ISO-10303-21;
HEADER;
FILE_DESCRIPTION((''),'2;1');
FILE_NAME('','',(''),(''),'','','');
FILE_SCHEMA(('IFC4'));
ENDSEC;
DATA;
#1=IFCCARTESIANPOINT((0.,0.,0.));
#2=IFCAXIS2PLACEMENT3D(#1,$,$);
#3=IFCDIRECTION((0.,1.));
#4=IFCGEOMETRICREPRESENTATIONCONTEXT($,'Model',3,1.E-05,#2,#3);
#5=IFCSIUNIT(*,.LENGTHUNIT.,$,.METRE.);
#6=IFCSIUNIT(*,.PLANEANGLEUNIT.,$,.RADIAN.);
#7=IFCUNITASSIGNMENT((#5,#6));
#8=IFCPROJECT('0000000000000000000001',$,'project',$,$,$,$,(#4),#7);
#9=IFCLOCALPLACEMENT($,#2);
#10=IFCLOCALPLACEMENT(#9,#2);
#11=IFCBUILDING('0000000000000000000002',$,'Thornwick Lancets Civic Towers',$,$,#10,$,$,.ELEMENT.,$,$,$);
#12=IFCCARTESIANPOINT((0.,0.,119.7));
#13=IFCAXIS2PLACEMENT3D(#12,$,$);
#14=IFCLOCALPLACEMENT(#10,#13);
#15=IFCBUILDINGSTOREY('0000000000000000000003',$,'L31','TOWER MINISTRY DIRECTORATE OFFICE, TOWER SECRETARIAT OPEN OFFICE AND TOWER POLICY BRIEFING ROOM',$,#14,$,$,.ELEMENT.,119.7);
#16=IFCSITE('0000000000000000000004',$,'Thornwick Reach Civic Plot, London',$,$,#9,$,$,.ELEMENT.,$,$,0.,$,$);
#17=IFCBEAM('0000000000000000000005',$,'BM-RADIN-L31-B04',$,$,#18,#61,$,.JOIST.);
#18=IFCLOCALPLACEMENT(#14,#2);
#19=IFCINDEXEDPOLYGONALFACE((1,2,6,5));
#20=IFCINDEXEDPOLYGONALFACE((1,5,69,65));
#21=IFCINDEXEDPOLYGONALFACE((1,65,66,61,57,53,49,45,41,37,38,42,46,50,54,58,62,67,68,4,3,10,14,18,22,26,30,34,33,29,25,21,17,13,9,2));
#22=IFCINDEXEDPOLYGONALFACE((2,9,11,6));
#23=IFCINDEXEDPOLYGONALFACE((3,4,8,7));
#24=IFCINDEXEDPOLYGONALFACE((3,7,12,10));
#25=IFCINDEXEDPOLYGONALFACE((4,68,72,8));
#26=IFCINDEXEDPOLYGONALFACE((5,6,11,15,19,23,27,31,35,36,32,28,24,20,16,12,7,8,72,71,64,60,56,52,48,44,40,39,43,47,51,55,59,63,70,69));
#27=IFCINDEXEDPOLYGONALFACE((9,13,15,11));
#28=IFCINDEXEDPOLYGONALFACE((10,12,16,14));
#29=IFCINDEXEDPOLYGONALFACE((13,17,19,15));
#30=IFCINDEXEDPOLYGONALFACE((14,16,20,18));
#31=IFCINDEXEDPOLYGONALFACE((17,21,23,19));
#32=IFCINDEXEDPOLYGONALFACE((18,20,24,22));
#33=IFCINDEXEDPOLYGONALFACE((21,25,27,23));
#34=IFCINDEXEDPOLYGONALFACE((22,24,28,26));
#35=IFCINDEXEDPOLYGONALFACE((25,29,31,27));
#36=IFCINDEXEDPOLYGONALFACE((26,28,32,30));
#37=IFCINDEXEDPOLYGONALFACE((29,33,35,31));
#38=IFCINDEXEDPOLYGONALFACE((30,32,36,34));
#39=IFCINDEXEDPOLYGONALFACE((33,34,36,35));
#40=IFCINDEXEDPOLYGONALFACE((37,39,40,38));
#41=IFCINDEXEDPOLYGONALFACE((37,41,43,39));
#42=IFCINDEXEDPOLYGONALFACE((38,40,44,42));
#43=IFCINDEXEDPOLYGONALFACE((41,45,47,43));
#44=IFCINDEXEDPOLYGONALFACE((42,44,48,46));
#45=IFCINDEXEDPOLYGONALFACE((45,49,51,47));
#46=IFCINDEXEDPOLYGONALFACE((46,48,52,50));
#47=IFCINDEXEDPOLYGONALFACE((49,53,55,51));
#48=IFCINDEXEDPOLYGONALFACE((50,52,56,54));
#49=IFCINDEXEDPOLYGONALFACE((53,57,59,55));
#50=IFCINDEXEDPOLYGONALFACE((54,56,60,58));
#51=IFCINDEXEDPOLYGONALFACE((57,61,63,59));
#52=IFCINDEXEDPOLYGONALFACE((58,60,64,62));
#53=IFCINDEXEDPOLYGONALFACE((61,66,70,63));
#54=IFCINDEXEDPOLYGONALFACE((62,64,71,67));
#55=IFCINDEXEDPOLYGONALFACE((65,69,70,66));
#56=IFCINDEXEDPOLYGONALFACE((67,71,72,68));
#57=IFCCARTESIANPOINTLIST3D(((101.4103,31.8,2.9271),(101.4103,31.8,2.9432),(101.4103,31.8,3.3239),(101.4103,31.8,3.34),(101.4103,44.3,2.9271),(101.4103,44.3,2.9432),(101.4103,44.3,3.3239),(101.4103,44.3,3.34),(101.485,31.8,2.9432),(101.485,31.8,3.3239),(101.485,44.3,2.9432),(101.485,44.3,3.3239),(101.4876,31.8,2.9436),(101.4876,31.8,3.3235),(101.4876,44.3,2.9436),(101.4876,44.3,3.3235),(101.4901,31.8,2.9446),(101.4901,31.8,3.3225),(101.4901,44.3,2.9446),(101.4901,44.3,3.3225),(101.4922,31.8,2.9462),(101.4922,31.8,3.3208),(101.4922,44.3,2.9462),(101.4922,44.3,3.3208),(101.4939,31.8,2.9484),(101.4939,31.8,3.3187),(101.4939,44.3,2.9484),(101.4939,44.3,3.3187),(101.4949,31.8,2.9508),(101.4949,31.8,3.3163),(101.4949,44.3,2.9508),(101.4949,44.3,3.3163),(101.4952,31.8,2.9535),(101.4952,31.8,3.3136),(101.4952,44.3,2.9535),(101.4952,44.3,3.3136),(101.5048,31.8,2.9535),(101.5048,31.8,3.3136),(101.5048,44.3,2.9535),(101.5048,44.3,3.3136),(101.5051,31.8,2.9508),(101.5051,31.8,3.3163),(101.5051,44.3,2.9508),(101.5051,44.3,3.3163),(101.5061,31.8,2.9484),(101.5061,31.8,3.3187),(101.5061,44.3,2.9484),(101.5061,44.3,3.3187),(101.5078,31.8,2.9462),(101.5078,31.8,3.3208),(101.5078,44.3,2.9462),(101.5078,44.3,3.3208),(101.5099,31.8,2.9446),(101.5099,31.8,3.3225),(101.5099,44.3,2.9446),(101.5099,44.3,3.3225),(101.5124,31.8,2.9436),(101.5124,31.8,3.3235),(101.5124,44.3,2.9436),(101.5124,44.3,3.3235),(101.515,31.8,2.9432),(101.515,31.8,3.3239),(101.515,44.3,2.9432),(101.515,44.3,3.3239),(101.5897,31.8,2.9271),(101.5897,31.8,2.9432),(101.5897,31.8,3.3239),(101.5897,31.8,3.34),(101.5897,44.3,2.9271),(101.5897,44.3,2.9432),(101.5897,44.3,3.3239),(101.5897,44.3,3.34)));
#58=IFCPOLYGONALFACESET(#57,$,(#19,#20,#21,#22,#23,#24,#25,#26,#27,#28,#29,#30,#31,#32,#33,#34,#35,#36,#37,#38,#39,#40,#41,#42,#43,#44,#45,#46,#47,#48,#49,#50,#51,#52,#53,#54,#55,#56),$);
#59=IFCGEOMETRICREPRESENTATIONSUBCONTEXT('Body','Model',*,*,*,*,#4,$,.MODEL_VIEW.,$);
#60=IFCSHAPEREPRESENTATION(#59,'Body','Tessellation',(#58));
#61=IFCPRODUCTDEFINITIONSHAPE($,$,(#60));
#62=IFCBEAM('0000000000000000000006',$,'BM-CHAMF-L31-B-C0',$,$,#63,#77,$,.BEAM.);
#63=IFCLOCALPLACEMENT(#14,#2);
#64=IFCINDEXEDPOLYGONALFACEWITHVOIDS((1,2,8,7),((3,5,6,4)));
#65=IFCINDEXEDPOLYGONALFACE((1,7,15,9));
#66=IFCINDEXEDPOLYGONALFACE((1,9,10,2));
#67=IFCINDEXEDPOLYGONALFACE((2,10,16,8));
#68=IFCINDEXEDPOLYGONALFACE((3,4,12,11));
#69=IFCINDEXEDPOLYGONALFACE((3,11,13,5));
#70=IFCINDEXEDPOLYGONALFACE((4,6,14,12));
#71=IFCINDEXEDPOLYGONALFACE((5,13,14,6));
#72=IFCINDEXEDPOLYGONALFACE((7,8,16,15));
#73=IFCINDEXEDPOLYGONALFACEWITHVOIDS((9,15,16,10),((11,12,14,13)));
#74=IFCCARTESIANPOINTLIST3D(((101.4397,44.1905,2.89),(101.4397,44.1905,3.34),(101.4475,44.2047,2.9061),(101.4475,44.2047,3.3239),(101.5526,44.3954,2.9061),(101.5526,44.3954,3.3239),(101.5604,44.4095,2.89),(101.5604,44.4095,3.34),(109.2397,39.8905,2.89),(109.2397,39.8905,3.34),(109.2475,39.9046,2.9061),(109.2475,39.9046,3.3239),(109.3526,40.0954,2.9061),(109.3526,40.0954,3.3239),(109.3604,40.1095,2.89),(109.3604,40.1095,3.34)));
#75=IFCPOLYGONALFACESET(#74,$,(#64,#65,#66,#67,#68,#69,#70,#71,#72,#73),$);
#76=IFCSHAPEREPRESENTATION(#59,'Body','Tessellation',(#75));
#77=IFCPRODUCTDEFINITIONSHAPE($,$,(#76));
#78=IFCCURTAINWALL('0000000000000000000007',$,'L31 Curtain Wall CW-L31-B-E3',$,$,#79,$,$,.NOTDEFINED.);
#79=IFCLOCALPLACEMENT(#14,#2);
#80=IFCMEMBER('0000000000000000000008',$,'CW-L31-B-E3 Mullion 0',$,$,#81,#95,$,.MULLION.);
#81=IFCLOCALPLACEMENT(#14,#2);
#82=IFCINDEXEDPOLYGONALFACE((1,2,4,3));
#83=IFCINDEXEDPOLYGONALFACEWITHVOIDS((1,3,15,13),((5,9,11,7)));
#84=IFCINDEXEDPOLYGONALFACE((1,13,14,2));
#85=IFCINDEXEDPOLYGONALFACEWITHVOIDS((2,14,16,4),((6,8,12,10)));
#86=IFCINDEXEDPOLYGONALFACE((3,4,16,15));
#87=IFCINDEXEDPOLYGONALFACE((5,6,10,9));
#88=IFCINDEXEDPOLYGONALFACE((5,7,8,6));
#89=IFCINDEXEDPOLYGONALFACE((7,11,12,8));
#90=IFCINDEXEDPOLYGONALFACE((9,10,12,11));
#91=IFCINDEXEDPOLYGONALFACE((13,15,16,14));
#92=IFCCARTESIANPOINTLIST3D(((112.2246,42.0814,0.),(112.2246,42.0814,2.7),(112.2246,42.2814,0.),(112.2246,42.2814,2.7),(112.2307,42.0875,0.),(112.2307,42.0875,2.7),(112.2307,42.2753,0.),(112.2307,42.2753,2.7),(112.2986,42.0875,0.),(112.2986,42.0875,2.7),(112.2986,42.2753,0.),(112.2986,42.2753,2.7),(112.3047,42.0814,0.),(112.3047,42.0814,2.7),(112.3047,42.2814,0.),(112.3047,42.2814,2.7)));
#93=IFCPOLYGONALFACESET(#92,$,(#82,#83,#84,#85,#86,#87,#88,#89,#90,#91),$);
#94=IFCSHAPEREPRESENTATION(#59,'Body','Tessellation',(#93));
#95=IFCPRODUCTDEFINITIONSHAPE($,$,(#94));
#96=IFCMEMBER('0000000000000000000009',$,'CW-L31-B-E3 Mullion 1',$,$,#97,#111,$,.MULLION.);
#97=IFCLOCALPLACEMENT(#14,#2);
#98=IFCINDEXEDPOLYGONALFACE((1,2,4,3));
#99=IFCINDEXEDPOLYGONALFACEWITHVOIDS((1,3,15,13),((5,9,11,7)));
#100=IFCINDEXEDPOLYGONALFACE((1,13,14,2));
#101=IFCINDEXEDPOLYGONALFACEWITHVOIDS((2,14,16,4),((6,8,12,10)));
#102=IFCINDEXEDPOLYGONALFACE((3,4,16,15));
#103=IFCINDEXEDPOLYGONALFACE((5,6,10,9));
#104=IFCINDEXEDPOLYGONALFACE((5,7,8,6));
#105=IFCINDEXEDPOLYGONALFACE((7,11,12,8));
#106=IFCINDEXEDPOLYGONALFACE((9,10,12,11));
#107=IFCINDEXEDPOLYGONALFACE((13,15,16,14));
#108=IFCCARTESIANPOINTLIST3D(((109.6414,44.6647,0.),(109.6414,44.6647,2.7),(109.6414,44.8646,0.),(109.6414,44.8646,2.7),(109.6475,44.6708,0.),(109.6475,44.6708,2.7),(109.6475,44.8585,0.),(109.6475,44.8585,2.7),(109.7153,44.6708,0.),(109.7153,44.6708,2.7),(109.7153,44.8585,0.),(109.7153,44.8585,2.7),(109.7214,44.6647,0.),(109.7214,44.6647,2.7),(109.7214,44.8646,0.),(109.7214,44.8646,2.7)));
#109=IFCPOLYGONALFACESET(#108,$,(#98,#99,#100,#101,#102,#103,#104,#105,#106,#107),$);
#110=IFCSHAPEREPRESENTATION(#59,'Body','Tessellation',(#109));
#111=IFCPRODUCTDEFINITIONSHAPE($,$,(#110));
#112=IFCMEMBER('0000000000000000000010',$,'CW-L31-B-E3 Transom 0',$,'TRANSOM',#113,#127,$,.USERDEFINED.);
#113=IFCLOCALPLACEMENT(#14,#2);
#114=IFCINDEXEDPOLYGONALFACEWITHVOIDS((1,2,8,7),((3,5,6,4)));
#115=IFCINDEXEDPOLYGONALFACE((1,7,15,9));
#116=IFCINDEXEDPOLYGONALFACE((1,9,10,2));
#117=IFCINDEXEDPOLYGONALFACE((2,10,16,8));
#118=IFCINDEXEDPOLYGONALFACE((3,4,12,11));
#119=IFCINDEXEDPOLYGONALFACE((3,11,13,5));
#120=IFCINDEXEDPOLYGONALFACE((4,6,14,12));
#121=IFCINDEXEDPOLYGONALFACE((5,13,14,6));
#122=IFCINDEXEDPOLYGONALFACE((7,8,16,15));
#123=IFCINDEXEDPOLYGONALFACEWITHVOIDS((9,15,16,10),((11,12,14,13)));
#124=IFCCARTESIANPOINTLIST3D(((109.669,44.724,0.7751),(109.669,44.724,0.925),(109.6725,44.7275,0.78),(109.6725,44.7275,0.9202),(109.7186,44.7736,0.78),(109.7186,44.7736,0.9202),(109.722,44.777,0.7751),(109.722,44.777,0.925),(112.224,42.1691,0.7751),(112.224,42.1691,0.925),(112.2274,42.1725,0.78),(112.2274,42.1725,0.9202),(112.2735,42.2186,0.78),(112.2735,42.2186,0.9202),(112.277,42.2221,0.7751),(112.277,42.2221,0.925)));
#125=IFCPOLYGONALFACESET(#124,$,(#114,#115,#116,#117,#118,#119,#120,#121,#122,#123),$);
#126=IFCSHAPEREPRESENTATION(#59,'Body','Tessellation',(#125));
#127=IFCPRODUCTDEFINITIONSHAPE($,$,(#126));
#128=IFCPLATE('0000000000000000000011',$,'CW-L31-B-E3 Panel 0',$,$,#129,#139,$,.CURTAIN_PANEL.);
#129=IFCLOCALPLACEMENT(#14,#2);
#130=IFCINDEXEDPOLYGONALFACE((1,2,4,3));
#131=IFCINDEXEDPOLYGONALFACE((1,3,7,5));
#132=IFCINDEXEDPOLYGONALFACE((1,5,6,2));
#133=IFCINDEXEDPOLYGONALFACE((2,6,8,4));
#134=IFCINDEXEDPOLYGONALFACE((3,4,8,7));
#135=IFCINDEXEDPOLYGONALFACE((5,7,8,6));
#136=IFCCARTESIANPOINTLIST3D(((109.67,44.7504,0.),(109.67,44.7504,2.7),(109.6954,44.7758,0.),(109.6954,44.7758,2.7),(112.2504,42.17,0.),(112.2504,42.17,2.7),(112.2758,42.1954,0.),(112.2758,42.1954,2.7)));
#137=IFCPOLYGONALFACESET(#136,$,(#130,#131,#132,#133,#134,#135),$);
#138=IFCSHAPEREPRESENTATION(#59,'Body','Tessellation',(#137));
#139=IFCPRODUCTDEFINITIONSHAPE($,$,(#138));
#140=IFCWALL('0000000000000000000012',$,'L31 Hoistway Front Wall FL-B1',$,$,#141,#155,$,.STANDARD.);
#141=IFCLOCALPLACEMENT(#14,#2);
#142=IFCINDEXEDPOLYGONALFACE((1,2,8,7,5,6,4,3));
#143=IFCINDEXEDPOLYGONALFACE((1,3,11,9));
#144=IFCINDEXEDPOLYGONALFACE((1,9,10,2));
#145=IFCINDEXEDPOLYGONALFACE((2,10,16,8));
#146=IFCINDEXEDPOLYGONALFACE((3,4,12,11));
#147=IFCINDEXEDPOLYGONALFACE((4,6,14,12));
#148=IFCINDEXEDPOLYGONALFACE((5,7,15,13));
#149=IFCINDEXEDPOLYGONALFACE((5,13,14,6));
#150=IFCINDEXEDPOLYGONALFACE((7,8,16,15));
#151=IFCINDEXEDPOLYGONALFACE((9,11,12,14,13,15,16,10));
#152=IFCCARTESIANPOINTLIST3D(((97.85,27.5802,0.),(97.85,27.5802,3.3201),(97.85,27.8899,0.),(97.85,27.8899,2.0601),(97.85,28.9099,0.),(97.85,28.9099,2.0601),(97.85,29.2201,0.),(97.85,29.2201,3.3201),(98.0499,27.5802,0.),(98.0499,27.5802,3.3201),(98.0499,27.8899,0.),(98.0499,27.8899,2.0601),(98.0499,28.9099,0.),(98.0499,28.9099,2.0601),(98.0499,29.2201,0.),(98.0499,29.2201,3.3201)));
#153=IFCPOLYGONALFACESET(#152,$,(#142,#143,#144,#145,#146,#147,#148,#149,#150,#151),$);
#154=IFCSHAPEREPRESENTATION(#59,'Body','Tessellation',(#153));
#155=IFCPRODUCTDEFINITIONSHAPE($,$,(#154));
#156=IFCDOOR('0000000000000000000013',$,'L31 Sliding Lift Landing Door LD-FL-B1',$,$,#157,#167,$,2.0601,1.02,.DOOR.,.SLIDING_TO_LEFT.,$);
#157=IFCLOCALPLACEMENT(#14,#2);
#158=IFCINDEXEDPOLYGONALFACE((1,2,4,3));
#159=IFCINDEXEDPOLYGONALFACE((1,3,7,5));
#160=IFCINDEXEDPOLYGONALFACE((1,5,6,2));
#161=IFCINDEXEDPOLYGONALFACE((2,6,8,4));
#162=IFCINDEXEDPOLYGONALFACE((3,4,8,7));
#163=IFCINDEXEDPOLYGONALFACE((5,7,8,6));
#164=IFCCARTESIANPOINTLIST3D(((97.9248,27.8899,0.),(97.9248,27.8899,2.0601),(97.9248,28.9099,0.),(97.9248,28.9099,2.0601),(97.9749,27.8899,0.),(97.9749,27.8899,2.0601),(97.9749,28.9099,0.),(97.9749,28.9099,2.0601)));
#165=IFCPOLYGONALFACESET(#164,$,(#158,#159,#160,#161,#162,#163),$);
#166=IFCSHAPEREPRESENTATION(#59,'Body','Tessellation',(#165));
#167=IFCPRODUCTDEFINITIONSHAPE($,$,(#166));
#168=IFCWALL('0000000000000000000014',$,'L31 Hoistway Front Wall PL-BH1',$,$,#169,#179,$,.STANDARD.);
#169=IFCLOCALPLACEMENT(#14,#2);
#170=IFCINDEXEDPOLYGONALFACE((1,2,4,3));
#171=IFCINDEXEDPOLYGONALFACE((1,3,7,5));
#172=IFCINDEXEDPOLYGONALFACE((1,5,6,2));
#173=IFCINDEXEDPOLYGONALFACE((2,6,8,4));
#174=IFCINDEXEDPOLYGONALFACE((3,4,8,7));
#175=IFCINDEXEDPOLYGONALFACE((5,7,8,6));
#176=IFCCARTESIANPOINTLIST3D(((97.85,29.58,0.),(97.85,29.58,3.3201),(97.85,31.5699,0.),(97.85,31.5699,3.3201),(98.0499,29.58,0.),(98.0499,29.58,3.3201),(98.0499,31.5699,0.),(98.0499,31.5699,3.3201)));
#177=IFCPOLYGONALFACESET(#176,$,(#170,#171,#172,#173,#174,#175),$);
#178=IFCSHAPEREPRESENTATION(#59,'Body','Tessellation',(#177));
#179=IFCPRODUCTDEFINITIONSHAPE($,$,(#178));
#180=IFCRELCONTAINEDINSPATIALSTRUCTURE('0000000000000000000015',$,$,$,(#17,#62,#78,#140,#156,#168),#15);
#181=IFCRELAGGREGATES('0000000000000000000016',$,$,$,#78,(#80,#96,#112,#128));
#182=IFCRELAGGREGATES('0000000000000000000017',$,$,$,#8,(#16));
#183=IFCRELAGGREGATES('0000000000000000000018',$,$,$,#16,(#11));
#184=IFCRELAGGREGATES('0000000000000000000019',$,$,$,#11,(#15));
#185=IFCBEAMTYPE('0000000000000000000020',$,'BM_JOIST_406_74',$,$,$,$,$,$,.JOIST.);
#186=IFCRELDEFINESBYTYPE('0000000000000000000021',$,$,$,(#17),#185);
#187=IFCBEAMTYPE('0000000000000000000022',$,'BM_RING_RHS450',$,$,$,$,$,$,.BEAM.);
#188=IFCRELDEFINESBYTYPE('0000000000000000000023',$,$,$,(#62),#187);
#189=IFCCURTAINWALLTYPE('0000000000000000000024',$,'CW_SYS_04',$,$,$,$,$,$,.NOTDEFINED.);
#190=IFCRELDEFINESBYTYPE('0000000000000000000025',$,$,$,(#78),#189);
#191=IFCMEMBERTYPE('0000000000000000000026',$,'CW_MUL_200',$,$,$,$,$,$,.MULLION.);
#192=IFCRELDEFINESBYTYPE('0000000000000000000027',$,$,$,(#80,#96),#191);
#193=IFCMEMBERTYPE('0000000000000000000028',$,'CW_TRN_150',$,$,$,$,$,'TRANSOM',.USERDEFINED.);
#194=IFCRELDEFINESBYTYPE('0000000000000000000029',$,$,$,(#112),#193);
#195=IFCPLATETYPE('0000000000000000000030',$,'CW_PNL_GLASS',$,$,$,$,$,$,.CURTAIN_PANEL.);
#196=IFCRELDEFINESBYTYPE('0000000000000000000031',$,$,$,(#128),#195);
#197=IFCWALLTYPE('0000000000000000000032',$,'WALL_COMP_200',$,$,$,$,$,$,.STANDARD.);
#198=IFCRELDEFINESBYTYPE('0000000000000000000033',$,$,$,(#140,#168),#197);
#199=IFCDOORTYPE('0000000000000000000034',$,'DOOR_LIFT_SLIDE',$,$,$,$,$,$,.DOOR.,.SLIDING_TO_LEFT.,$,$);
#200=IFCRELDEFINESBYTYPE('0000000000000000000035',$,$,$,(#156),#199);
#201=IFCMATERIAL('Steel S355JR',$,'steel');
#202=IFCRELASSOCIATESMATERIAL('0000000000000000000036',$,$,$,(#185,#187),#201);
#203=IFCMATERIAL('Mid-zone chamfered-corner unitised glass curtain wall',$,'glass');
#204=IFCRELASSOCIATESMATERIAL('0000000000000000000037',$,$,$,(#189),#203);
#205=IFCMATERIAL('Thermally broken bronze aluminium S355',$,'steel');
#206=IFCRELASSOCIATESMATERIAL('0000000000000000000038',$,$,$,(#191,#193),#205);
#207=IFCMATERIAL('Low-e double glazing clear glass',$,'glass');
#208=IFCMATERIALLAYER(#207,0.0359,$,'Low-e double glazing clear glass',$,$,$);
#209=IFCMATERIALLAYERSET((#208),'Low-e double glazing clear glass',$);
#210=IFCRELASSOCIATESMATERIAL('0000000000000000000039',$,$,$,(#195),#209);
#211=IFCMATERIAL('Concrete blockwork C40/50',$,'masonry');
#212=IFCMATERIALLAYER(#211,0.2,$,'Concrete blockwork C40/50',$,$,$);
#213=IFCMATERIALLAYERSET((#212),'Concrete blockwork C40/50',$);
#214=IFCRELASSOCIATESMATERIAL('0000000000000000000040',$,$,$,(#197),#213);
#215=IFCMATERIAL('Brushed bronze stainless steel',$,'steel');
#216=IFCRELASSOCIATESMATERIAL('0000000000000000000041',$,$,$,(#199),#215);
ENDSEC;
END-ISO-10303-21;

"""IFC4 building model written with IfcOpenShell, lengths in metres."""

from ifc_helpers import new_model, si_unit, direction, frame, frame_2d, origin, origin_2d, place, context, subcontext, project, spatial, rectangle, hollow_rectangle, i_section, extrude, material, layer, layer_set, material_profile, profile_set, type_object, element, fill, aggregate, save


model = new_model("IFC4")

# Units and contexts
model_context = context("Model", 3, precision=1e-05, world=origin(), true_north=direction((0.0, 1.0)))
body_context = subcontext(model_context, "Body", "Model", "MODEL_VIEW")
ifc_project = project(units=[si_unit("LENGTHUNIT", "METRE"), si_unit("PLANEANGLEUNIT", "RADIAN")], contexts=[model_context])

# Site, building, storey
site_placement = place(None, origin())
site = spatial("IfcSite", under=ifc_project, at=site_placement, Name="Thornwick Reach Civic Plot, London", CompositionType="ELEMENT", RefElevation=0.0)
building_placement = place(site_placement, origin())
building = spatial("IfcBuilding", under=site, at=building_placement, Name="Thornwick Lancets Civic Towers", CompositionType="ELEMENT")
storey_placement = place(building_placement, frame((0.0, 0.0, 119.7)))
storey = spatial("IfcBuildingStorey", under=building, at=storey_placement, Name="L31", Description="TOWER MINISTRY DIRECTORATE OFFICE, TOWER SECRETARIAT OPEN OFFICE AND TOWER POLICY BRIEFING ROOM", CompositionType="ELEMENT", Elevation=119.7)

# Beams
ifc_material_1 = material(Name="Steel S355JR", Category="steel")
ifc_material_profile_1 = material_profile(ifc_material_1, i_section(OverallWidth=0.1794, OverallDepth=0.4128, WebThickness=0.0095, FlangeThickness=0.0161, FilletRadius=0.0103, at=origin_2d()), Name="UKB 406x178x74")
ifc_profile_set_1 = profile_set([ifc_material_profile_1], Name="Steel S355JR")
beam_type_1 = type_object("IfcBeamType", Name="BM_JOIST_406_74", PredefinedType="JOIST", material=ifc_profile_set_1)
beam_1_placement = place(storey_placement, frame((101.5, 31.8, 3.1335), z_axis=(0.0, 1.0, 0.0), x_axis=(-1.0, 0.0, 0.0)))
element("IfcBeam", 1, at=beam_1_placement, inside=storey, type_object=beam_type_1, Name="BM-RADIN-L31-B04", PredefinedType="JOIST", context=body_context, shape_type="SweptSolid", body=[
    extrude(i_section(OverallWidth=0.1794, OverallDepth=0.4128, WebThickness=0.0095, FlangeThickness=0.0161, FilletRadius=0.0103, at=origin_2d()), origin(), (0.0, 0.0, 1.0), 12.5),
])
ifc_material_profile_2 = material_profile(ifc_material_1, hollow_rectangle(XDim=0.25, YDim=0.45, WallThickness=0.0161, at=origin_2d()), Name="RHS 450x250x16")
ifc_profile_set_2 = profile_set([ifc_material_profile_2], Name="Steel S355JR")
beam_type_2 = type_object("IfcBeamType", Name="BM_RING_RHS450", PredefinedType="BEAM", material=ifc_profile_set_2)
beam_2_placement = place(storey_placement, frame((109.3, 40.0, 3.115), z_axis=(-0.87574, 0.482782, 0.0), x_axis=(-0.482782, -0.87574, 0.0)))
element("IfcBeam", 2, at=beam_2_placement, inside=storey, type_object=beam_type_2, Name="BM-CHAMF-L31-B-C0", PredefinedType="BEAM", context=body_context, shape_type="SweptSolid", body=[
    extrude(hollow_rectangle(XDim=0.25, YDim=0.45, WallThickness=0.0161, at=origin_2d()), origin(), (0.0, 0.0, 1.0), 8.9067),
])

# Curtain wall, members, plate
ifc_material_2 = material(Name="Mid-zone chamfered-corner unitised glass curtain wall", Category="glass")
curtain_wall_type = type_object("IfcCurtainWallType", Name="CW_SYS_04", PredefinedType="NOTDEFINED", material=ifc_material_2)
curtain_wall_placement = place(storey_placement, origin())
curtain_wall = element("IfcCurtainWall", 3, at=curtain_wall_placement, inside=storey, type_object=curtain_wall_type, Name="L31 Curtain Wall CW-L31-B-E3", PredefinedType="NOTDEFINED")
ifc_material_3 = material(Name="Thermally broken bronze aluminium S355", Category="steel")
ifc_material_profile_3 = material_profile(ifc_material_3, hollow_rectangle(XDim=0.0801, YDim=0.2, WallThickness=0.0061, at=origin_2d()), Name="RHS 200x80x6")
ifc_profile_set_3 = profile_set([ifc_material_profile_3], Name="Thermally broken bronze aluminium S355")
member_type_1 = type_object("IfcMemberType", Name="CW_MUL_200", PredefinedType="MULLION", material=ifc_profile_set_3)
member_1_placement = place(storey_placement, frame((112.2646, 42.1814, 0.0), z_axis=(0.0, 0.0, 1.0), x_axis=(1.0, 0.0, 0.0)))
member_1 = element("IfcMember", 4, at=member_1_placement, type_object=member_type_1, Name="CW-L31-B-E3 Mullion 0", PredefinedType="MULLION", context=body_context, shape_type="SweptSolid", body=[
    extrude(hollow_rectangle(XDim=0.0801, YDim=0.2, WallThickness=0.0061, at=origin_2d()), origin(), (0.0, 0.0, 1.0), 2.7),
])
member_2_placement = place(storey_placement, frame((109.6814, 44.7646, 0.0), z_axis=(0.0, 0.0, 1.0), x_axis=(1.0, 0.0, 0.0)))
member_2 = element("IfcMember", 5, at=member_2_placement, type_object=member_type_1, Name="CW-L31-B-E3 Mullion 1", PredefinedType="MULLION", context=body_context, shape_type="SweptSolid", body=[
    extrude(hollow_rectangle(XDim=0.0801, YDim=0.2, WallThickness=0.0061, at=origin_2d()), origin(), (0.0, 0.0, 1.0), 2.7),
])
ifc_material_profile_4 = material_profile(ifc_material_3, hollow_rectangle(XDim=0.075, YDim=0.1499, WallThickness=0.0049, at=origin_2d()), Name="RHS 150x75x5")
ifc_profile_set_4 = profile_set([ifc_material_profile_4], Name="Thermally broken bronze aluminium S355")
member_type_2 = type_object("IfcMemberType", Name="CW_TRN_150", ElementType="TRANSOM", PredefinedType="USERDEFINED", material=ifc_profile_set_4)
member_3_placement = place(storey_placement, frame((112.2505, 42.1956, 0.8501), z_axis=(-0.707107, 0.707107, 0.0), x_axis=(-0.707107, -0.707107, 0.0)))
member_3 = element("IfcMember", 6, at=member_3_placement, type_object=member_type_2, Name="CW-L31-B-E3 Transom 0", ObjectType="TRANSOM", PredefinedType="USERDEFINED", context=body_context, shape_type="SweptSolid", body=[
    extrude(hollow_rectangle(XDim=0.075, YDim=0.1499, WallThickness=0.0049, at=origin_2d()), origin(), (0.0, 0.0, 1.0), 3.6133),
])
ifc_material_4 = material(Name="Low-e double glazing clear glass", Category="glass")
ifc_layer_1 = layer(ifc_material_4, 0.0359, Name="Low-e double glazing clear glass")
ifc_layer_set_1 = layer_set([ifc_layer_1], Name="Low-e double glazing clear glass")
plate_type = type_object("IfcPlateType", Name="CW_PNL_GLASS", PredefinedType="CURTAIN_PANEL", material=ifc_layer_set_1)
plate_placement = place(storey_placement, frame((110.9729, 43.4729, 0.0), z_axis=(0.0, 0.0, 1.0), x_axis=(-0.707107, 0.707107, 0.0)))
plate = element("IfcPlate", 7, at=plate_placement, type_object=plate_type, Name="CW-L31-B-E3 Panel 0", PredefinedType="CURTAIN_PANEL", context=body_context, shape_type="SweptSolid", body=[
    extrude(rectangle(XDim=3.6492, YDim=0.0359, at=origin_2d()), origin(), (0.0, 0.0, 1.0), 2.7),
])
aggregate(curtain_wall, [member_1, member_2, member_3, plate])

# Wall, opening, door
ifc_material_5 = material(Name="Concrete blockwork C40/50", Category="masonry")
ifc_layer_2 = layer(ifc_material_5, 0.2, Name="Concrete blockwork C40/50")
ifc_layer_set_2 = layer_set([ifc_layer_2], Name="Concrete blockwork C40/50")
wall_type_1 = type_object("IfcWallType", Name="WALL_COMP_200", PredefinedType="STANDARD", material=ifc_layer_set_2)
wall_1_placement = place(storey_placement, frame((97.95, 29.22, 0.0), z_axis=(0.0, 0.0, 1.0), x_axis=(0.0, -1.0, 0.0)))
wall_1 = element("IfcWall", 8, at=wall_1_placement, inside=storey, type_object=wall_type_1, Name="L31 Hoistway Front Wall FL-B1", PredefinedType="STANDARD", context=body_context, shape_type="SweptSolid", body=[
    extrude(rectangle(XDim=1.6399, YDim=0.2, at=frame_2d((0.8198, 0.0))), origin(), (0.0, 0.0, 1.0), 3.3201),
])
opening_1_placement = place(wall_1_placement, frame((0.3101, 0.0, 0.0)))
opening_1 = element("IfcOpeningElement", 9, at=opening_1_placement, cuts=wall_1, PredefinedType="OPENING", context=body_context, shape_type="SweptSolid", body=[
    extrude(rectangle(XDim=1.02, YDim=2.0601, at=frame_2d((0.51, 1.03))), frame((0.0, 0.1099, 0.0), z_axis=(0.0, -1.0, 0.0), x_axis=(1.0, 0.0, 0.0)), (0.0, 0.0, 1.0), 0.22),
])
ifc_material_6 = material(Name="Brushed bronze stainless steel", Category="steel")
door_type = type_object("IfcDoorType", Name="DOOR_LIFT_SLIDE", OperationType="SLIDING_TO_LEFT", PredefinedType="DOOR", material=ifc_material_6)
door_placement = place(opening_1_placement, origin())
door = element("IfcDoor", 10, at=door_placement, inside=storey, type_object=door_type, Name="L31 Sliding Lift Landing Door LD-FL-B1", OperationType="SLIDING_TO_LEFT", OverallHeight=2.0601, OverallWidth=1.02, PredefinedType="DOOR", context=body_context, shape_type="SweptSolid", body=[
    extrude(rectangle(XDim=1.02, YDim=2.0601, at=frame_2d((0.51, 1.03))), frame((0.0, 0.0249, 0.0), z_axis=(0.0, -1.0, 0.0), x_axis=(1.0, 0.0, 0.0)), (0.0, 0.0, 1.0), 0.05),
])
fill(opening_1, door)

# Wall
wall_2_placement = place(storey_placement, frame((97.95, 31.5701, 0.0), z_axis=(0.0, 0.0, 1.0), x_axis=(0.0, -1.0, 0.0)))
element("IfcWall", 11, at=wall_2_placement, inside=storey, type_object=wall_type_1, Name="L31 Hoistway Front Wall PL-BH1", PredefinedType="STANDARD", context=body_context, shape_type="SweptSolid", body=[
    extrude(rectangle(XDim=1.99, YDim=0.2, at=frame_2d((0.9951, 0.0))), origin(), (0.0, 0.0, 1.0), 3.3201),
])

save(model, "model.ifc")
